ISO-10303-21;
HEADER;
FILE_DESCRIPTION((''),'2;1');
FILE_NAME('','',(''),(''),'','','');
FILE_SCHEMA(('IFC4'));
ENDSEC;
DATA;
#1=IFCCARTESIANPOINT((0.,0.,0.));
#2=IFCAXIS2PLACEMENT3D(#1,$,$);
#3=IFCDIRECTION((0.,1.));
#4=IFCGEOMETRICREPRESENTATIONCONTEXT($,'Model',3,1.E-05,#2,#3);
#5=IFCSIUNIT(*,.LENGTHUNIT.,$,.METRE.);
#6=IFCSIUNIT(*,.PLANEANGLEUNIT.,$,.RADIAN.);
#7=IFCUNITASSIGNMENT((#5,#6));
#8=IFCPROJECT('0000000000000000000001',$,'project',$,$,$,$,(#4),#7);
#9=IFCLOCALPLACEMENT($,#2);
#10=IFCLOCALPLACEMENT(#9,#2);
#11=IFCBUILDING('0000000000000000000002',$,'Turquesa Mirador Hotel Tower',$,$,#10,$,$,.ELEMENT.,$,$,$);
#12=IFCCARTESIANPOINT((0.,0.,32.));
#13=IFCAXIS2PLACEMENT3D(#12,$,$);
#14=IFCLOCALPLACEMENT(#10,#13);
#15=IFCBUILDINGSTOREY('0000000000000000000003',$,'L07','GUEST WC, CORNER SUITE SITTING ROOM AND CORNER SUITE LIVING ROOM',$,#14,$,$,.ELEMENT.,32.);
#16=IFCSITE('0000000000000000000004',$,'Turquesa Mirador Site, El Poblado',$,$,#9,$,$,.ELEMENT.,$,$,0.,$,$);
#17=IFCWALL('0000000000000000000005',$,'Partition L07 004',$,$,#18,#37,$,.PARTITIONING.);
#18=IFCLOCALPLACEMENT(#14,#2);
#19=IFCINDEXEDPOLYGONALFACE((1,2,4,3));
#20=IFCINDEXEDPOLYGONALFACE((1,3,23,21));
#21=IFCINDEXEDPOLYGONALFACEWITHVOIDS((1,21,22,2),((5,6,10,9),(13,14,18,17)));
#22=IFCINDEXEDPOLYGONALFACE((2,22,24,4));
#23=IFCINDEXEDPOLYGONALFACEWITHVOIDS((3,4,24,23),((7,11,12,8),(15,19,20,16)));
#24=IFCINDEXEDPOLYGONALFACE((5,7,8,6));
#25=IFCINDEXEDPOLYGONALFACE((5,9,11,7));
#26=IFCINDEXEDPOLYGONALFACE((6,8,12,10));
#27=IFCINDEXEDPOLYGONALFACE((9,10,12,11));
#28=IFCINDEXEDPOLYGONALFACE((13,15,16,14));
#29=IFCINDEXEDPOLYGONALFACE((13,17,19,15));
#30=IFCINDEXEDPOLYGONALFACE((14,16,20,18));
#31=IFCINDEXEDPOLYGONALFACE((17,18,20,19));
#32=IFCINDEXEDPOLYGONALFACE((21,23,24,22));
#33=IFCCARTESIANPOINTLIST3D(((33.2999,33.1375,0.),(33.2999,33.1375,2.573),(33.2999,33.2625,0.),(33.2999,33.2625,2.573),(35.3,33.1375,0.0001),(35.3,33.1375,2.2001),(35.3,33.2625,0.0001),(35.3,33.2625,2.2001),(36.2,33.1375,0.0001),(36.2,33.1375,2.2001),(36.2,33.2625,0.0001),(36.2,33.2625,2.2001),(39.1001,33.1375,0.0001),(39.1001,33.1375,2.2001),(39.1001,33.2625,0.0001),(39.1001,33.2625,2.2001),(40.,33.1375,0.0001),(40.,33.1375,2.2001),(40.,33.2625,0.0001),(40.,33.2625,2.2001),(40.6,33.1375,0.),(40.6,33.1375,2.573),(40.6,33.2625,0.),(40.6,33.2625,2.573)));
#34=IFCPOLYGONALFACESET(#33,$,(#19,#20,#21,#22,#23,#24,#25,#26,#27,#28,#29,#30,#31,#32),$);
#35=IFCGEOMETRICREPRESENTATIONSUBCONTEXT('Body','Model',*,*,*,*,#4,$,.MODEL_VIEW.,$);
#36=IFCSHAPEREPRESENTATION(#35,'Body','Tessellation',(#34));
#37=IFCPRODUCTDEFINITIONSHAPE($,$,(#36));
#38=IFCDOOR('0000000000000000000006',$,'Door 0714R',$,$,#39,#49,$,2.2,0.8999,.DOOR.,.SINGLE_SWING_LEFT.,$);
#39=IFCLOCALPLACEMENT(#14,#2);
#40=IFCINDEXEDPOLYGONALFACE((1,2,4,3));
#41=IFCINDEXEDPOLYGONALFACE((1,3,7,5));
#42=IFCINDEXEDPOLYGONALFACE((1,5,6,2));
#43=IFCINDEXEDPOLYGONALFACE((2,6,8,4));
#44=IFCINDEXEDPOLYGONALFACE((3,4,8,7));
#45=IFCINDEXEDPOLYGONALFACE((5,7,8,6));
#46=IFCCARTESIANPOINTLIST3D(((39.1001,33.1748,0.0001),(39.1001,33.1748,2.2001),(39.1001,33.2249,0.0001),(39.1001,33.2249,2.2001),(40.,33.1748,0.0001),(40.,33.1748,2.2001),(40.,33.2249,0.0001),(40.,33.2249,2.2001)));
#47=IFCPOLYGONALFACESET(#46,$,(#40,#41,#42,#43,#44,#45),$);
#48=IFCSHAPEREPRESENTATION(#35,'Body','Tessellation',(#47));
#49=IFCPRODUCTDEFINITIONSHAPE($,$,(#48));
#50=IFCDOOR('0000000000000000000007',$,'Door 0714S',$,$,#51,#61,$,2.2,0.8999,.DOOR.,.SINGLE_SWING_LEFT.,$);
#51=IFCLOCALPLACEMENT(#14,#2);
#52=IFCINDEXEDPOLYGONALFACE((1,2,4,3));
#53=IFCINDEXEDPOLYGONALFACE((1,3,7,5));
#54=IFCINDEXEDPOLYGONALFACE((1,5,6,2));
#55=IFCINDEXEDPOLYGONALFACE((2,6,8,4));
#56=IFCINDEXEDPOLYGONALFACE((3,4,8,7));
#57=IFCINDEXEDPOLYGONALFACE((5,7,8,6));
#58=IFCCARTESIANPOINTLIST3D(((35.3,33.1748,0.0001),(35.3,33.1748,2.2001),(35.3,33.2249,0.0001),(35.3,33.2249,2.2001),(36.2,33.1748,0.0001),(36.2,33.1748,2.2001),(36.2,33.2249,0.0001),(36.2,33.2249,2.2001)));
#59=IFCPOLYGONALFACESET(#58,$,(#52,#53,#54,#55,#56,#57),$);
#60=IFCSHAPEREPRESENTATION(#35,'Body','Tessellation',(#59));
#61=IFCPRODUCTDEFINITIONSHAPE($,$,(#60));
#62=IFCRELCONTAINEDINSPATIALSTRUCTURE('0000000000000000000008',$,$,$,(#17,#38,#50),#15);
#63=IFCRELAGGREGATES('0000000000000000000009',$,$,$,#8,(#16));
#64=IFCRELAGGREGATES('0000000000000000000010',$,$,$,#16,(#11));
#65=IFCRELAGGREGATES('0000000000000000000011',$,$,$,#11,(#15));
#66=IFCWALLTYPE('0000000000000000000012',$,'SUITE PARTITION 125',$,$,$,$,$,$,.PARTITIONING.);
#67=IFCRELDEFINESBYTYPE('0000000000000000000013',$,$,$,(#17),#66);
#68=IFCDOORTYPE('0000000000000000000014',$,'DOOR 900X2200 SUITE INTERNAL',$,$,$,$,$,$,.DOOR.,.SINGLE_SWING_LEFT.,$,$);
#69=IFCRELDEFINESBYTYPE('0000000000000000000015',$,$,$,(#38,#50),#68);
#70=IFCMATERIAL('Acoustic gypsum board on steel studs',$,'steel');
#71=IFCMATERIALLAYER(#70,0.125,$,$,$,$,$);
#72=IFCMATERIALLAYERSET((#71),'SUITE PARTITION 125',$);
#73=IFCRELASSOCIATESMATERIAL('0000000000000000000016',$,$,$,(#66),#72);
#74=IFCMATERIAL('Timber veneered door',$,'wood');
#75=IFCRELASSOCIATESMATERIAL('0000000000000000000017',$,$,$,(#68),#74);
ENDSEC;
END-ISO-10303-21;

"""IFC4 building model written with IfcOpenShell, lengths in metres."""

from ifc_helpers import new_model, si_unit, direction, frame, frame_2d, origin, place, context, subcontext, project, spatial, rectangle, extrude, material, layer, layer_set, type_object, element, fill, save


model = new_model("IFC4")

# Units and contexts
model_context = context("Model", 3, precision=1e-05, world=origin(), true_north=direction((0.0, 1.0)))
body_context = subcontext(model_context, "Body", "Model", "MODEL_VIEW")
ifc_project = project(units=[si_unit("LENGTHUNIT", "METRE"), si_unit("PLANEANGLEUNIT", "RADIAN")], contexts=[model_context])

# Site, building, storey
site_placement = place(None, origin())
site = spatial("IfcSite", under=ifc_project, at=site_placement, Name="Turquesa Mirador Site, El Poblado", CompositionType="ELEMENT", RefElevation=0.0)
building_placement = place(site_placement, origin())
building = spatial("IfcBuilding", under=site, at=building_placement, Name="Turquesa Mirador Hotel Tower", CompositionType="ELEMENT")
storey_placement = place(building_placement, frame((0.0, 0.0, 32.0)))
storey = spatial("IfcBuildingStorey", under=building, at=storey_placement, Name="L07", Description="GUEST WC, CORNER SUITE SITTING ROOM AND CORNER SUITE LIVING ROOM", CompositionType="ELEMENT", Elevation=32.0)

# Wall, openings, doors
ifc_material_1 = material(Name="Acoustic gypsum board on steel studs", Category="steel")
ifc_layer_1 = layer(ifc_material_1, 0.125)
ifc_layer_set_1 = layer_set([ifc_layer_1], Name="SUITE PARTITION 125")
wall_type_1 = type_object("IfcWallType", Name="SUITE PARTITION 125", PredefinedType="PARTITIONING", material=ifc_layer_set_1)
wall_1_placement = place(storey_placement, frame((33.3, 33.2, 0.0), z_axis=(0.0, 0.0, 1.0), x_axis=(1.0, 0.0, 0.0)))
wall_1 = element("IfcWall", 1, at=wall_1_placement, inside=storey, type_object=wall_type_1, Name="Partition L07 004", PredefinedType="PARTITIONING", context=body_context, shape_type="SweptSolid", body=[
    extrude(rectangle(XDim=7.3, YDim=0.125, at=frame_2d((3.6499, 0.0))), origin(), (0.0, 0.0, 1.0), 2.573),
])
opening_1_placement = place(wall_1_placement, frame((5.8, 0.0, 0.0)))
opening_1 = element("IfcOpeningElement", 2, at=opening_1_placement, cuts=wall_1, PredefinedType="OPENING", context=body_context, shape_type="SweptSolid", body=[
    extrude(rectangle(XDim=0.8999, YDim=2.2, at=frame_2d((0.45, 1.1001))), frame((0.0, 0.0725, 0.0), z_axis=(0.0, -1.0, 0.0), x_axis=(1.0, 0.0, 0.0)), (0.0, 0.0, 1.0), 0.145),
])
opening_2_placement = place(wall_1_placement, frame((2.0, 0.0, 0.0)))
opening_2 = element("IfcOpeningElement", 3, at=opening_2_placement, cuts=wall_1, PredefinedType="OPENING", context=body_context, shape_type="SweptSolid", body=[
    extrude(rectangle(XDim=0.8999, YDim=2.2, at=frame_2d((0.45, 1.1001))), frame((0.0, 0.0725, 0.0), z_axis=(0.0, -1.0, 0.0), x_axis=(1.0, 0.0, 0.0)), (0.0, 0.0, 1.0), 0.145),
])
ifc_material_2 = material(Name="Timber veneered door", Category="wood")
door_type_1 = type_object("IfcDoorType", Name="DOOR 900X2200 SUITE INTERNAL", OperationType="SINGLE_SWING_LEFT", PredefinedType="DOOR", material=ifc_material_2)
door_1_placement = place(opening_1_placement, origin())
door_1 = element("IfcDoor", 4, at=door_1_placement, inside=storey, type_object=door_type_1, Name="Door 0714R", OperationType="SINGLE_SWING_LEFT", OverallHeight=2.2, OverallWidth=0.8999, PredefinedType="DOOR", context=body_context, shape_type="SweptSolid", body=[
    extrude(rectangle(XDim=0.8999, YDim=2.2, at=frame_2d((0.45, 1.1001))), frame((0.0, 0.0249, 0.0), z_axis=(0.0, -1.0, 0.0), x_axis=(1.0, 0.0, 0.0)), (0.0, 0.0, 1.0), 0.05),
])
fill(opening_1, door_1)
door_2_placement = place(opening_2_placement, origin())
door_2 = element("IfcDoor", 5, at=door_2_placement, inside=storey, type_object=door_type_1, Name="Door 0714S", OperationType="SINGLE_SWING_LEFT", OverallHeight=2.2, OverallWidth=0.8999, PredefinedType="DOOR", context=body_context, shape_type="SweptSolid", body=[
    extrude(rectangle(XDim=0.8999, YDim=2.2, at=frame_2d((0.45, 1.1001))), frame((0.0, 0.0249, 0.0), z_axis=(0.0, -1.0, 0.0), x_axis=(1.0, 0.0, 0.0)), (0.0, 0.0, 1.0), 0.05),
])
fill(opening_2, door_2)

save(model, "model.ifc")
